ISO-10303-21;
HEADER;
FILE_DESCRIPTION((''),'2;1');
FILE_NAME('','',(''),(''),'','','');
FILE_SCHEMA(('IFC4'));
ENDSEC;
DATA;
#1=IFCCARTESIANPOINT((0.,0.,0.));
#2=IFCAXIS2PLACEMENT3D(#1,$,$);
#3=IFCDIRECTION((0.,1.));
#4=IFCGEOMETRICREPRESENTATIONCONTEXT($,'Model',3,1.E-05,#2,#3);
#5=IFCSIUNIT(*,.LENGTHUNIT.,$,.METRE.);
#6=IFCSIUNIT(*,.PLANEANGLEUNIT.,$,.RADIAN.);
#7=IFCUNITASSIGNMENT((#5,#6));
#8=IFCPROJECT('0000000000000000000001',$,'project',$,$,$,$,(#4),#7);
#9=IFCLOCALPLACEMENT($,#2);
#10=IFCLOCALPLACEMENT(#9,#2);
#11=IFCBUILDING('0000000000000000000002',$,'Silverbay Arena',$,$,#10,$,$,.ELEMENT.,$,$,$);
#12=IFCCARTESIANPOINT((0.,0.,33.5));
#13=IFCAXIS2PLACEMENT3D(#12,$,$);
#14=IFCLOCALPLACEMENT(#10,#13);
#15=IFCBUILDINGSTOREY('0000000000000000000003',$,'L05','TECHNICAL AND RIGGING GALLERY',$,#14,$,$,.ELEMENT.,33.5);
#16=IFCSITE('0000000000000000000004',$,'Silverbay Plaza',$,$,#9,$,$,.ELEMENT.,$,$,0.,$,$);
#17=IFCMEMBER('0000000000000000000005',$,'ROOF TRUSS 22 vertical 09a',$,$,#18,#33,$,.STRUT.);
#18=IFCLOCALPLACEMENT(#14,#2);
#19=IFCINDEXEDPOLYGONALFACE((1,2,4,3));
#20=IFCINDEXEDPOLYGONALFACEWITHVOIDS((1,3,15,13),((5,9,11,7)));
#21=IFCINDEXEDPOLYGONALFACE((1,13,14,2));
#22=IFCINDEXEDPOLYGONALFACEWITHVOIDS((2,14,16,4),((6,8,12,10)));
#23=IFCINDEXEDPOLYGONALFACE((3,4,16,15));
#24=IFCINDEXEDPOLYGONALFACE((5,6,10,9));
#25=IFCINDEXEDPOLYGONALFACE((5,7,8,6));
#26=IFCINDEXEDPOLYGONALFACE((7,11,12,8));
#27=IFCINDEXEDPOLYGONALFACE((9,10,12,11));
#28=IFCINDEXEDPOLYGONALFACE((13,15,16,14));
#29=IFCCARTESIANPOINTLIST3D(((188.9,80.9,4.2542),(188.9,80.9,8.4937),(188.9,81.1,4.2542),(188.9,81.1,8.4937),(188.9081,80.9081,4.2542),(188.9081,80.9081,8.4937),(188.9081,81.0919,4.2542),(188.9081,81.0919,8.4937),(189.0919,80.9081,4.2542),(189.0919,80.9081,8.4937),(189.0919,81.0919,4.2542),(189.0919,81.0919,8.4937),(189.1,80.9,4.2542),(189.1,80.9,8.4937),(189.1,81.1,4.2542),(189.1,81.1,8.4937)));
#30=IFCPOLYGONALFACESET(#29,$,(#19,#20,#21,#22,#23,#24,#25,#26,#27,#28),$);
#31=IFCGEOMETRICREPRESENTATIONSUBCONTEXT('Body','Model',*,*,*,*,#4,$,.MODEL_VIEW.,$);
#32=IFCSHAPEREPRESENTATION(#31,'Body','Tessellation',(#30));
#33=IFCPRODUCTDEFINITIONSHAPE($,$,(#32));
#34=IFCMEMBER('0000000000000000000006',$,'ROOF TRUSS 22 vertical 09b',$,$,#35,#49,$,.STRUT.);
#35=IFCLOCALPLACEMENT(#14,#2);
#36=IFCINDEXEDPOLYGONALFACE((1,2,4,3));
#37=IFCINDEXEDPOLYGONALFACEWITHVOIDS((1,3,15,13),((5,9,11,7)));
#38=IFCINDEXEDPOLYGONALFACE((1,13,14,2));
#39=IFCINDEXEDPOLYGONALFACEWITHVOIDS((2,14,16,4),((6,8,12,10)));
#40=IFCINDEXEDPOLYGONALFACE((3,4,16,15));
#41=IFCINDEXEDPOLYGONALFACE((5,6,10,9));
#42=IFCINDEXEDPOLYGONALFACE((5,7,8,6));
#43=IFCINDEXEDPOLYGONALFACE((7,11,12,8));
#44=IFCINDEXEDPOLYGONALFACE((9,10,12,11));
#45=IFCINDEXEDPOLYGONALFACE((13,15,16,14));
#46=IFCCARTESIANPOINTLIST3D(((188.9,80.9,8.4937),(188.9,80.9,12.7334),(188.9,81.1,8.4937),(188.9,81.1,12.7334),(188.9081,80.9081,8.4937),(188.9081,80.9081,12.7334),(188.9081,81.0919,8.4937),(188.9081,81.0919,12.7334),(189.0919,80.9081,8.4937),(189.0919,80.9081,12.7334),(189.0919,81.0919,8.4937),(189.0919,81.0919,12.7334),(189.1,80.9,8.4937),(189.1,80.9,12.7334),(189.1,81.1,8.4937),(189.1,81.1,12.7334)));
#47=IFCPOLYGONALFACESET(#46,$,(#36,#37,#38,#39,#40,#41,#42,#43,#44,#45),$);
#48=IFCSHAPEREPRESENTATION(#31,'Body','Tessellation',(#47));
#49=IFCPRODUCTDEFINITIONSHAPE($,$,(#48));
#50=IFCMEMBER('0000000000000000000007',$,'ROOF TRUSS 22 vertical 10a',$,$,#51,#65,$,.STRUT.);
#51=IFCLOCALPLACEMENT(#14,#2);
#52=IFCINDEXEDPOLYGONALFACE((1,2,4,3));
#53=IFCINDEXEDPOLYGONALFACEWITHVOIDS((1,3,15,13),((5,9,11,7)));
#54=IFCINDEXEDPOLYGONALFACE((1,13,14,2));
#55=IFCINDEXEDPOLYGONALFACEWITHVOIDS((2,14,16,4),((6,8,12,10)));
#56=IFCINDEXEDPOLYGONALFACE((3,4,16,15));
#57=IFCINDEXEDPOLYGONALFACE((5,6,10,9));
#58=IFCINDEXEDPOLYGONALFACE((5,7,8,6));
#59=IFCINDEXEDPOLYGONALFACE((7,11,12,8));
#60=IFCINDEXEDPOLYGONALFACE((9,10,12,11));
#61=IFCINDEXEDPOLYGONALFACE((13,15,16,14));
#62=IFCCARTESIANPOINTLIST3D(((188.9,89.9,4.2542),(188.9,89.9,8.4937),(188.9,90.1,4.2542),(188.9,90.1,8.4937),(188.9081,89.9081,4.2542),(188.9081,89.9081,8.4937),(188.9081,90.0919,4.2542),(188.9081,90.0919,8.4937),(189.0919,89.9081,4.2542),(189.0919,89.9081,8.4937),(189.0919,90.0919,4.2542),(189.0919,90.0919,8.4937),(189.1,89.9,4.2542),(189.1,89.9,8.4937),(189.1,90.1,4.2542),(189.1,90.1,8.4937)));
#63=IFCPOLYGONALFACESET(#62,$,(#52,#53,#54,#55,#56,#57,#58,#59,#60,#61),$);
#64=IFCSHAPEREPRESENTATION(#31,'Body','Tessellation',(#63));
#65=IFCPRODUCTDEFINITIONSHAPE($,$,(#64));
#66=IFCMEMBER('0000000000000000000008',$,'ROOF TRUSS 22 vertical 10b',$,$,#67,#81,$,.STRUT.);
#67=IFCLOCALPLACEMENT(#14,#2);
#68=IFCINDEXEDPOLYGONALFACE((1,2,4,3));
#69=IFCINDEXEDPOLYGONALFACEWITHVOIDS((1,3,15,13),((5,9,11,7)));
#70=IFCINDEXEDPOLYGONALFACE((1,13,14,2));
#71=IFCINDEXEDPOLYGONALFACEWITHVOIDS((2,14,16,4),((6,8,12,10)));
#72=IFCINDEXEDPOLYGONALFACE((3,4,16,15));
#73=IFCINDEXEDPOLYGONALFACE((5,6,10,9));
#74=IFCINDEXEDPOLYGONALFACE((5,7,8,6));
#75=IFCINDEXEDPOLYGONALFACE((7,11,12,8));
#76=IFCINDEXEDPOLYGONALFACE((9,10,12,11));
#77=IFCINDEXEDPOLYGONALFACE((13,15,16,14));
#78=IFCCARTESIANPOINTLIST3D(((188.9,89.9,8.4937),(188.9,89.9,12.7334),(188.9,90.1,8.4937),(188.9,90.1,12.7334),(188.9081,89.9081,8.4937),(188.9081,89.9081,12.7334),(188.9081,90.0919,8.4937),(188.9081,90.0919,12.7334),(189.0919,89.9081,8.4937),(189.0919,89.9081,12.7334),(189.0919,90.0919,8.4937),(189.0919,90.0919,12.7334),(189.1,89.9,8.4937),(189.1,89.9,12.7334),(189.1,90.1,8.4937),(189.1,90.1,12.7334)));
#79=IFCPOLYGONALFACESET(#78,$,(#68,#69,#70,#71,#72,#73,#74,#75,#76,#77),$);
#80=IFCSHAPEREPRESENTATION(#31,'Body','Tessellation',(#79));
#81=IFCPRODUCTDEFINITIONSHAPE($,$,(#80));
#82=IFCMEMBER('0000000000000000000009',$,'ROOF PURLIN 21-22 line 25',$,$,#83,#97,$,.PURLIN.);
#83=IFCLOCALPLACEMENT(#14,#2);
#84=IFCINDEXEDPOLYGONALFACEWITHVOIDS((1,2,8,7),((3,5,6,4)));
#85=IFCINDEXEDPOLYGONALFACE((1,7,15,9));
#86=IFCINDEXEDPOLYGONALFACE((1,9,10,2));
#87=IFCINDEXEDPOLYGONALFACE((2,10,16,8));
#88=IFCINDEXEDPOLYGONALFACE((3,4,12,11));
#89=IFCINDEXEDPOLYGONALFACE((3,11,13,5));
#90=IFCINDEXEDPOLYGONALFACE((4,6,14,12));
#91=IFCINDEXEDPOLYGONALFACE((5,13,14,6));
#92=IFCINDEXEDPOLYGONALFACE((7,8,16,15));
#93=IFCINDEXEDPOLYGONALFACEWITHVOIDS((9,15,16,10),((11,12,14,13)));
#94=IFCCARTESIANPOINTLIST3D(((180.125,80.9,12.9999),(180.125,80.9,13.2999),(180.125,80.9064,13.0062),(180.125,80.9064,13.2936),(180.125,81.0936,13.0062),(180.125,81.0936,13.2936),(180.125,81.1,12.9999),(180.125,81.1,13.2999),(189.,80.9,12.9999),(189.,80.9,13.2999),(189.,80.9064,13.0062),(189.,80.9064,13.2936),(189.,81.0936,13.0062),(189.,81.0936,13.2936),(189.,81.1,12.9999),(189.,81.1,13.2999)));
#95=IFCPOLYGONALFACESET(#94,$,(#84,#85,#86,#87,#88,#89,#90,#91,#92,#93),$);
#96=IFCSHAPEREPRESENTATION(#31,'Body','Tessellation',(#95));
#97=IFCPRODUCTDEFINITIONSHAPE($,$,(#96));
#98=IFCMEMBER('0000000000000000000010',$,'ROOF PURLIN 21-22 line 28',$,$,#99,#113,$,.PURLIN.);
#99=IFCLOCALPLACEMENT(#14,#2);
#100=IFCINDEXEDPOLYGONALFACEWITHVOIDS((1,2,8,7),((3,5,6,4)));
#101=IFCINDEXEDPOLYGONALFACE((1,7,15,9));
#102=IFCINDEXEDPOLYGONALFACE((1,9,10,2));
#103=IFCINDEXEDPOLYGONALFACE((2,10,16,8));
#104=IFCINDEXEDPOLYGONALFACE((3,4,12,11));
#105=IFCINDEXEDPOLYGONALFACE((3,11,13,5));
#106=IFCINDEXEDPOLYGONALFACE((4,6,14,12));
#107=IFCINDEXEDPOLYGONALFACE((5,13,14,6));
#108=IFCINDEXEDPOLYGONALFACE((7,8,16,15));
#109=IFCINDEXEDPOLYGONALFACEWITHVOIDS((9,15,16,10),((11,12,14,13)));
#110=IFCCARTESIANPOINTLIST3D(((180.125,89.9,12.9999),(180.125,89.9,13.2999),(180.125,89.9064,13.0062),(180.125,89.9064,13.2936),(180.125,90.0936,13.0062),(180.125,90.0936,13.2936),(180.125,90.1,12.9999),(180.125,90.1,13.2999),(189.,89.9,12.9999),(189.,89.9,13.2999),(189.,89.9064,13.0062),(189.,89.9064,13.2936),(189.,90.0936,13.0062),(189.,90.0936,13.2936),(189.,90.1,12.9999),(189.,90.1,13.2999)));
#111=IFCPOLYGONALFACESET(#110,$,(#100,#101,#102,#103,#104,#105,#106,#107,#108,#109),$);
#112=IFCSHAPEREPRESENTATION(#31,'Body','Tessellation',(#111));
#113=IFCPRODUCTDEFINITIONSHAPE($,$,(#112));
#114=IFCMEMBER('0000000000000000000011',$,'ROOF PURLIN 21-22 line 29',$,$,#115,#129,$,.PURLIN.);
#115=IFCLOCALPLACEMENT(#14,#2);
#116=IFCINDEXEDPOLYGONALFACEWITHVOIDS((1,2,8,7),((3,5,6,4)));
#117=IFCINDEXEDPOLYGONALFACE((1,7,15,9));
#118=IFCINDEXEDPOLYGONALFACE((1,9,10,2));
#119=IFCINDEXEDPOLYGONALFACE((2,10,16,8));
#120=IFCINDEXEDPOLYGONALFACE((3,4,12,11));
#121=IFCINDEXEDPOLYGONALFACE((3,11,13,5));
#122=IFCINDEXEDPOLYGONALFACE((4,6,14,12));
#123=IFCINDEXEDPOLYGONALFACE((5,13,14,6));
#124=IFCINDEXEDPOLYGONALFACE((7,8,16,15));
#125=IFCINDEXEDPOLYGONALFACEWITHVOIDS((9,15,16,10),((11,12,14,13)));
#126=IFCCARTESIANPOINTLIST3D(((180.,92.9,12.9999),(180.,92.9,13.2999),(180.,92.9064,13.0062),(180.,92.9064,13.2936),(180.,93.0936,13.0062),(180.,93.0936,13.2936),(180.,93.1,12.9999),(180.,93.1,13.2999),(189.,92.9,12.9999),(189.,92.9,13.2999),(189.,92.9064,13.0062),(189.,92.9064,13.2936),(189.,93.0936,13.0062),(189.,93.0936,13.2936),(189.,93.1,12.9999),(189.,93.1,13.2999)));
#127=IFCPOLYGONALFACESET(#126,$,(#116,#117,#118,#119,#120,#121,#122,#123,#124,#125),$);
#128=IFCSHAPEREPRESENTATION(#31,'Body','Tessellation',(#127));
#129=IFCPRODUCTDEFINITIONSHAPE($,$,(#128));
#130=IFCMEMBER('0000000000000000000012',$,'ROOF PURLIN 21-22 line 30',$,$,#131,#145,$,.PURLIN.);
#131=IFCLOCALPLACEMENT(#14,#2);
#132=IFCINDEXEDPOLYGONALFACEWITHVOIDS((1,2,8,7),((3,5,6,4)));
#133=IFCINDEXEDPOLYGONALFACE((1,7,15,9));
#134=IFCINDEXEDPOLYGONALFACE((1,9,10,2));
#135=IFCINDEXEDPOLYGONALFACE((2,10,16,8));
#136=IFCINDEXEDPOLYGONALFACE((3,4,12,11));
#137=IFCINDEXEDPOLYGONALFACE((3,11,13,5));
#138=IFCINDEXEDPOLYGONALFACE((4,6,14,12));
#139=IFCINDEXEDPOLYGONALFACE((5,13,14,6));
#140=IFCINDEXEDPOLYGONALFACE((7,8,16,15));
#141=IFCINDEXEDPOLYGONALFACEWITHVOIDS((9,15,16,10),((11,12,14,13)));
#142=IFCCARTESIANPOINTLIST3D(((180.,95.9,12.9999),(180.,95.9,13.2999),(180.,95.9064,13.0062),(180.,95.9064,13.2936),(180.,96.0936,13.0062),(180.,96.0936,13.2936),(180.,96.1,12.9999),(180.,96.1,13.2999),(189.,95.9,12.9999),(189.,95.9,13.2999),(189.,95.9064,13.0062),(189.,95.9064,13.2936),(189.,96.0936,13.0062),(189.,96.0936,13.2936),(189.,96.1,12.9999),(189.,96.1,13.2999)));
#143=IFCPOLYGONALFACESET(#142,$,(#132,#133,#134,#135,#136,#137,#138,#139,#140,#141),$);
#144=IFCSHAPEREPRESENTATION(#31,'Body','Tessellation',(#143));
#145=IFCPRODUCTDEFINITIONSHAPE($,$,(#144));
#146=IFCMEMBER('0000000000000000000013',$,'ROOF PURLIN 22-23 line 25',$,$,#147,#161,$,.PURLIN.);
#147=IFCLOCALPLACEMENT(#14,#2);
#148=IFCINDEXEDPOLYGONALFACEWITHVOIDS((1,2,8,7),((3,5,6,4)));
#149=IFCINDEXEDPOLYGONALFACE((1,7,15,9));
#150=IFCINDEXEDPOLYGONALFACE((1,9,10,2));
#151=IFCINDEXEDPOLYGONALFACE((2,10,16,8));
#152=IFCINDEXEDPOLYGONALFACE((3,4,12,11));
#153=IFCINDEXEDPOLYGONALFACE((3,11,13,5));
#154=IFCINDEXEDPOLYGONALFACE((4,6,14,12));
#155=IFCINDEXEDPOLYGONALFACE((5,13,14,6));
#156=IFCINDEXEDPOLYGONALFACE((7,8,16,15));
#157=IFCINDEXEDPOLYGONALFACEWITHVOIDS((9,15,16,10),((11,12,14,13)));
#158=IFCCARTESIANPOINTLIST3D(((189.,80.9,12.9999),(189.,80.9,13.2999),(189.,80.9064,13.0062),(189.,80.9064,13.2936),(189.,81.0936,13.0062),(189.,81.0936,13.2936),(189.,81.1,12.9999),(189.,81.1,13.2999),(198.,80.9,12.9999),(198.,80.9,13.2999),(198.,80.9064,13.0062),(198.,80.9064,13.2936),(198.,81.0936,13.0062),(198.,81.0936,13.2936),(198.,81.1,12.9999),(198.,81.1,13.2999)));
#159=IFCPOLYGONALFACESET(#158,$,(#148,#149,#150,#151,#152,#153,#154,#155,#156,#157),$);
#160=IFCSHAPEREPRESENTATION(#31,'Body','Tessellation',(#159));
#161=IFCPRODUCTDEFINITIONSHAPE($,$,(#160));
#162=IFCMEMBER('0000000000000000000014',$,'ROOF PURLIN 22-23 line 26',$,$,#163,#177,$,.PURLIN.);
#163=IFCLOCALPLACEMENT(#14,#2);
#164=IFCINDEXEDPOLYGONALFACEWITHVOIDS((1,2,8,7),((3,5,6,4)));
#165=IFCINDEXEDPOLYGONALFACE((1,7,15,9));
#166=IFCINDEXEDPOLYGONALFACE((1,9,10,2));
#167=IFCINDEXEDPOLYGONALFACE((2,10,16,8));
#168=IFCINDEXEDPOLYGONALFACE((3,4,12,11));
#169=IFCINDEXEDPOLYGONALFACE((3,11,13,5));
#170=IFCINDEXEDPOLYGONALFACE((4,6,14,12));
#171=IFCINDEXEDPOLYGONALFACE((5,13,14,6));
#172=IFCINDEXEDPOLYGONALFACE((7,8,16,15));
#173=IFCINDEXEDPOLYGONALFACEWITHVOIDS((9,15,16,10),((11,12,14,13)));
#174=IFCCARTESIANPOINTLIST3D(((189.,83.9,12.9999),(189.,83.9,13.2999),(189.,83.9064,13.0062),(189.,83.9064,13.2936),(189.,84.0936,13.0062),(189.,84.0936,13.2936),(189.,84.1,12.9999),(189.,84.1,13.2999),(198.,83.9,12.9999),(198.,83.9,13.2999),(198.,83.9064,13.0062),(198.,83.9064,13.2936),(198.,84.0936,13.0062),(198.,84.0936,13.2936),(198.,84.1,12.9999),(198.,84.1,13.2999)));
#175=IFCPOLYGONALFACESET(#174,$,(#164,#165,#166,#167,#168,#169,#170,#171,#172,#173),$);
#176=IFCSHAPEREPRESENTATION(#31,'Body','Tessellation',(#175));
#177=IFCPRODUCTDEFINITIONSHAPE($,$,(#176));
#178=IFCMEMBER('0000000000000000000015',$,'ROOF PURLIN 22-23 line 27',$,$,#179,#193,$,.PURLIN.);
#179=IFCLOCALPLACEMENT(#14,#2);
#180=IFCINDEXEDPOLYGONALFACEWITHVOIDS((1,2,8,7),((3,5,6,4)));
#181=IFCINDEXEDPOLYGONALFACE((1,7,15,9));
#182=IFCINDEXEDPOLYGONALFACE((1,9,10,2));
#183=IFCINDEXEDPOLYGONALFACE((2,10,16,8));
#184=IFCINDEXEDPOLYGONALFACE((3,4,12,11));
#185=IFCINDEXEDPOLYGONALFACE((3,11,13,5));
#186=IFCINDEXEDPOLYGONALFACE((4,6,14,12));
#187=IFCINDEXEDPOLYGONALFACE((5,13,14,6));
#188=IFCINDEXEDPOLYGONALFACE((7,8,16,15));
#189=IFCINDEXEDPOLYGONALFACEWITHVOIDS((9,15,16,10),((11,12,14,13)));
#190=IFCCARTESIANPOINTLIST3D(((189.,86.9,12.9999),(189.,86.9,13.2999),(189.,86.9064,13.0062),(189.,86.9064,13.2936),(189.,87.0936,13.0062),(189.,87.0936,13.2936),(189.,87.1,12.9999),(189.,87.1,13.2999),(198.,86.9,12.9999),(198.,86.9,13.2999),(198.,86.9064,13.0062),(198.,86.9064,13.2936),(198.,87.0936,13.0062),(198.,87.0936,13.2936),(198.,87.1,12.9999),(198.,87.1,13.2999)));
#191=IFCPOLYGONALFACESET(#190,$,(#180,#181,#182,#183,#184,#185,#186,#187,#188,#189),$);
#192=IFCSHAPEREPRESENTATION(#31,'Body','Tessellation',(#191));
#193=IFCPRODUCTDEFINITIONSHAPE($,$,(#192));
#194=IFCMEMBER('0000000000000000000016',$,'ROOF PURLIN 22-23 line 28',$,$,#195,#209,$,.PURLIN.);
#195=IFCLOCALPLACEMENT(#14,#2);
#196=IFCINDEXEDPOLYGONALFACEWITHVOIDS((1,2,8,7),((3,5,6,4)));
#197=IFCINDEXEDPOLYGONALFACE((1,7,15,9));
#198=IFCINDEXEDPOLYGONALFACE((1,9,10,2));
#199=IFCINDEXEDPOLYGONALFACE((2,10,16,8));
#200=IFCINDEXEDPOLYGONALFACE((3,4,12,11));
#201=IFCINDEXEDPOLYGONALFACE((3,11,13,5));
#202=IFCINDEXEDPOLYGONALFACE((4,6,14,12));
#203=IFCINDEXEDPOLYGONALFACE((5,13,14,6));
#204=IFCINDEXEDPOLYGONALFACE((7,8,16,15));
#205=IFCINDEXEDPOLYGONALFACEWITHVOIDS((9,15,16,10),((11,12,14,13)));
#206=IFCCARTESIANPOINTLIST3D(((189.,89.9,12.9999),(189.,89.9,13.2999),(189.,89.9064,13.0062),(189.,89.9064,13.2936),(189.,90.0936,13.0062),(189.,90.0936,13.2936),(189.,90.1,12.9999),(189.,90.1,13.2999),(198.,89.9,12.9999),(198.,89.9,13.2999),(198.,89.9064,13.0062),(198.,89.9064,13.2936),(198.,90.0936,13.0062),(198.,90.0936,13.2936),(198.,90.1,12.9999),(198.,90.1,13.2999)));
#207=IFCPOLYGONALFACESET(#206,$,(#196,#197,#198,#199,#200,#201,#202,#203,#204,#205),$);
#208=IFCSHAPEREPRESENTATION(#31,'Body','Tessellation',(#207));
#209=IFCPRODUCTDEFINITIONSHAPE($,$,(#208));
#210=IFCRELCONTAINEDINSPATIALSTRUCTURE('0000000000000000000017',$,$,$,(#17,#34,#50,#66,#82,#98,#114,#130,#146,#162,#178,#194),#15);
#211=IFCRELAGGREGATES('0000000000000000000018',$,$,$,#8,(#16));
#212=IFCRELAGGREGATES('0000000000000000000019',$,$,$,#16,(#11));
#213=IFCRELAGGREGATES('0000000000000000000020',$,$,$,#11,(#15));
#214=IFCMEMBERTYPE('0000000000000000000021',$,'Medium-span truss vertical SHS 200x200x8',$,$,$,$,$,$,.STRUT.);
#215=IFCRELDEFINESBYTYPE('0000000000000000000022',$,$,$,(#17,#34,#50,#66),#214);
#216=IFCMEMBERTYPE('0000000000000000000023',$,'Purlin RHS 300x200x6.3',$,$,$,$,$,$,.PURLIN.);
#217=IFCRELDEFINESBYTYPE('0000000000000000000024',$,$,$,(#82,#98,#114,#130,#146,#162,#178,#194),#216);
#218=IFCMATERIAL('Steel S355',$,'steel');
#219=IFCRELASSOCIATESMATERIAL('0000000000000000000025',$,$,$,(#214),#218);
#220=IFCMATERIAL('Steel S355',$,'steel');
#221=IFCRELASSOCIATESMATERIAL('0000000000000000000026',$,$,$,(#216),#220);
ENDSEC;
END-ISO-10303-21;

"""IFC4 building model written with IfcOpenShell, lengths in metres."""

from ifc_helpers import new_model, si_unit, direction, frame, origin, origin_2d, place, context, subcontext, project, spatial, hollow_rectangle, extrude, material, material_profile, profile_set, type_object, element, save


model = new_model("IFC4")

# Units and contexts
model_context = context("Model", 3, precision=1e-05, world=origin(), true_north=direction((0.0, 1.0)))
body_context = subcontext(model_context, "Body", "Model", "MODEL_VIEW")
ifc_project = project(units=[si_unit("LENGTHUNIT", "METRE"), si_unit("PLANEANGLEUNIT", "RADIAN")], contexts=[model_context])

# Site, building, storey
site_placement = place(None, origin())
site = spatial("IfcSite", under=ifc_project, at=site_placement, Name="Silverbay Plaza", CompositionType="ELEMENT", RefElevation=0.0)
building_placement = place(site_placement, origin())
building = spatial("IfcBuilding", under=site, at=building_placement, Name="Silverbay Arena", CompositionType="ELEMENT")
storey_placement = place(building_placement, frame((0.0, 0.0, 33.5)))
storey = spatial("IfcBuildingStorey", under=building, at=storey_placement, Name="L05", Description="TECHNICAL AND RIGGING GALLERY", CompositionType="ELEMENT", Elevation=33.5)

# Members
ifc_material_1 = material(Name="Steel S355", Category="steel")
ifc_material_profile_1 = material_profile(ifc_material_1, hollow_rectangle(XDim=0.2, YDim=0.2, WallThickness=0.0081, at=origin_2d()), Name="SHS 200x200x8")
ifc_profile_set_1 = profile_set([ifc_material_profile_1], Name="Steel S355")
member_type_1 = type_object("IfcMemberType", Name="Medium-span truss vertical SHS 200x200x8", PredefinedType="STRUT", material=ifc_profile_set_1)
member_1_placement = place(storey_placement, frame((189.0, 81.0, 4.2542), z_axis=(0.0, 0.0, 1.0), x_axis=(1.0, 0.0, 0.0)))
element("IfcMember", 1, at=member_1_placement, inside=storey, type_object=member_type_1, Name="ROOF TRUSS 22 vertical 09a", PredefinedType="STRUT", context=body_context, shape_type="SweptSolid", body=[
    extrude(hollow_rectangle(XDim=0.2, YDim=0.2, WallThickness=0.0081, at=origin_2d()), origin(), (0.0, 0.0, 1.0), 4.2395),
])
member_2_placement = place(storey_placement, frame((189.0, 81.0, 8.4937), z_axis=(0.0, 0.0, 1.0), x_axis=(1.0, 0.0, 0.0)))
element("IfcMember", 2, at=member_2_placement, inside=storey, type_object=member_type_1, Name="ROOF TRUSS 22 vertical 09b", PredefinedType="STRUT", context=body_context, shape_type="SweptSolid", body=[
    extrude(hollow_rectangle(XDim=0.2, YDim=0.2, WallThickness=0.0081, at=origin_2d()), origin(), (0.0, 0.0, 1.0), 4.2397),
])
member_3_placement = place(storey_placement, frame((189.0, 90.0, 4.2542), z_axis=(0.0, 0.0, 1.0), x_axis=(1.0, 0.0, 0.0)))
element("IfcMember", 3, at=member_3_placement, inside=storey, type_object=member_type_1, Name="ROOF TRUSS 22 vertical 10a", PredefinedType="STRUT", context=body_context, shape_type="SweptSolid", body=[
    extrude(hollow_rectangle(XDim=0.2, YDim=0.2, WallThickness=0.0081, at=origin_2d()), origin(), (0.0, 0.0, 1.0), 4.2395),
])
member_4_placement = place(storey_placement, frame((189.0, 90.0, 8.4937), z_axis=(0.0, 0.0, 1.0), x_axis=(1.0, 0.0, 0.0)))
element("IfcMember", 4, at=member_4_placement, inside=storey, type_object=member_type_1, Name="ROOF TRUSS 22 vertical 10b", PredefinedType="STRUT", context=body_context, shape_type="SweptSolid", body=[
    extrude(hollow_rectangle(XDim=0.2, YDim=0.2, WallThickness=0.0081, at=origin_2d()), origin(), (0.0, 0.0, 1.0), 4.2397),
])
ifc_material_2 = material(Name="Steel S355", Category="steel")
ifc_material_profile_2 = material_profile(ifc_material_2, hollow_rectangle(XDim=0.2, YDim=0.3, WallThickness=0.0063, at=origin_2d()), Name="RHS 300x200x6.3")
ifc_profile_set_2 = profile_set([ifc_material_profile_2], Name="Steel S355")
member_type_2 = type_object("IfcMemberType", Name="Purlin RHS 300x200x6.3", PredefinedType="PURLIN", material=ifc_profile_set_2)
for number, where, z_axis, x_axis, name in (
    (5, (180.125, 81.0, 13.1499), (1.0, 0.0, 0.0), (0.0, 1.0, 0.0), "ROOF PURLIN 21-22 line 25"),
    (6, (180.125, 90.0, 13.1499), (1.0, 0.0, 0.0), (0.0, 1.0, 0.0), "ROOF PURLIN 21-22 line 28"),
):
    element("IfcMember", number, at=place(storey_placement, frame(where, z_axis=z_axis, x_axis=x_axis)), inside=storey, type_object=member_type_2, Name=name, PredefinedType="PURLIN", context=body_context, shape_type="SweptSolid", body=[
        extrude(hollow_rectangle(XDim=0.2, YDim=0.3, WallThickness=0.0063, at=origin_2d()), origin(), (0.0, 0.0, 1.0), 8.875),
    ])
for number, where, z_axis, x_axis, name in (
    (7, (180.0, 93.0, 13.1499), (1.0, 0.0, 0.0), (0.0, 1.0, 0.0), "ROOF PURLIN 21-22 line 29"),
    (8, (180.0, 96.0, 13.1499), (1.0, 0.0, 0.0), (0.0, 1.0, 0.0), "ROOF PURLIN 21-22 line 30"),
    (9, (189.0, 81.0, 13.1499), (1.0, 0.0, 0.0), (0.0, 1.0, 0.0), "ROOF PURLIN 22-23 line 25"),
    (10, (189.0, 84.0, 13.1499), (1.0, 0.0, 0.0), (0.0, 1.0, 0.0), "ROOF PURLIN 22-23 line 26"),
    (11, (189.0, 87.0, 13.1499), (1.0, 0.0, 0.0), (0.0, 1.0, 0.0), "ROOF PURLIN 22-23 line 27"),
    (12, (189.0, 90.0, 13.1499), (1.0, 0.0, 0.0), (0.0, 1.0, 0.0), "ROOF PURLIN 22-23 line 28"),
):
    element("IfcMember", number, at=place(storey_placement, frame(where, z_axis=z_axis, x_axis=x_axis)), inside=storey, type_object=member_type_2, Name=name, PredefinedType="PURLIN", context=body_context, shape_type="SweptSolid", body=[
        extrude(hollow_rectangle(XDim=0.2, YDim=0.3, WallThickness=0.0063, at=origin_2d()), origin(), (0.0, 0.0, 1.0), 9.0),
    ])

save(model, "model.ifc")
